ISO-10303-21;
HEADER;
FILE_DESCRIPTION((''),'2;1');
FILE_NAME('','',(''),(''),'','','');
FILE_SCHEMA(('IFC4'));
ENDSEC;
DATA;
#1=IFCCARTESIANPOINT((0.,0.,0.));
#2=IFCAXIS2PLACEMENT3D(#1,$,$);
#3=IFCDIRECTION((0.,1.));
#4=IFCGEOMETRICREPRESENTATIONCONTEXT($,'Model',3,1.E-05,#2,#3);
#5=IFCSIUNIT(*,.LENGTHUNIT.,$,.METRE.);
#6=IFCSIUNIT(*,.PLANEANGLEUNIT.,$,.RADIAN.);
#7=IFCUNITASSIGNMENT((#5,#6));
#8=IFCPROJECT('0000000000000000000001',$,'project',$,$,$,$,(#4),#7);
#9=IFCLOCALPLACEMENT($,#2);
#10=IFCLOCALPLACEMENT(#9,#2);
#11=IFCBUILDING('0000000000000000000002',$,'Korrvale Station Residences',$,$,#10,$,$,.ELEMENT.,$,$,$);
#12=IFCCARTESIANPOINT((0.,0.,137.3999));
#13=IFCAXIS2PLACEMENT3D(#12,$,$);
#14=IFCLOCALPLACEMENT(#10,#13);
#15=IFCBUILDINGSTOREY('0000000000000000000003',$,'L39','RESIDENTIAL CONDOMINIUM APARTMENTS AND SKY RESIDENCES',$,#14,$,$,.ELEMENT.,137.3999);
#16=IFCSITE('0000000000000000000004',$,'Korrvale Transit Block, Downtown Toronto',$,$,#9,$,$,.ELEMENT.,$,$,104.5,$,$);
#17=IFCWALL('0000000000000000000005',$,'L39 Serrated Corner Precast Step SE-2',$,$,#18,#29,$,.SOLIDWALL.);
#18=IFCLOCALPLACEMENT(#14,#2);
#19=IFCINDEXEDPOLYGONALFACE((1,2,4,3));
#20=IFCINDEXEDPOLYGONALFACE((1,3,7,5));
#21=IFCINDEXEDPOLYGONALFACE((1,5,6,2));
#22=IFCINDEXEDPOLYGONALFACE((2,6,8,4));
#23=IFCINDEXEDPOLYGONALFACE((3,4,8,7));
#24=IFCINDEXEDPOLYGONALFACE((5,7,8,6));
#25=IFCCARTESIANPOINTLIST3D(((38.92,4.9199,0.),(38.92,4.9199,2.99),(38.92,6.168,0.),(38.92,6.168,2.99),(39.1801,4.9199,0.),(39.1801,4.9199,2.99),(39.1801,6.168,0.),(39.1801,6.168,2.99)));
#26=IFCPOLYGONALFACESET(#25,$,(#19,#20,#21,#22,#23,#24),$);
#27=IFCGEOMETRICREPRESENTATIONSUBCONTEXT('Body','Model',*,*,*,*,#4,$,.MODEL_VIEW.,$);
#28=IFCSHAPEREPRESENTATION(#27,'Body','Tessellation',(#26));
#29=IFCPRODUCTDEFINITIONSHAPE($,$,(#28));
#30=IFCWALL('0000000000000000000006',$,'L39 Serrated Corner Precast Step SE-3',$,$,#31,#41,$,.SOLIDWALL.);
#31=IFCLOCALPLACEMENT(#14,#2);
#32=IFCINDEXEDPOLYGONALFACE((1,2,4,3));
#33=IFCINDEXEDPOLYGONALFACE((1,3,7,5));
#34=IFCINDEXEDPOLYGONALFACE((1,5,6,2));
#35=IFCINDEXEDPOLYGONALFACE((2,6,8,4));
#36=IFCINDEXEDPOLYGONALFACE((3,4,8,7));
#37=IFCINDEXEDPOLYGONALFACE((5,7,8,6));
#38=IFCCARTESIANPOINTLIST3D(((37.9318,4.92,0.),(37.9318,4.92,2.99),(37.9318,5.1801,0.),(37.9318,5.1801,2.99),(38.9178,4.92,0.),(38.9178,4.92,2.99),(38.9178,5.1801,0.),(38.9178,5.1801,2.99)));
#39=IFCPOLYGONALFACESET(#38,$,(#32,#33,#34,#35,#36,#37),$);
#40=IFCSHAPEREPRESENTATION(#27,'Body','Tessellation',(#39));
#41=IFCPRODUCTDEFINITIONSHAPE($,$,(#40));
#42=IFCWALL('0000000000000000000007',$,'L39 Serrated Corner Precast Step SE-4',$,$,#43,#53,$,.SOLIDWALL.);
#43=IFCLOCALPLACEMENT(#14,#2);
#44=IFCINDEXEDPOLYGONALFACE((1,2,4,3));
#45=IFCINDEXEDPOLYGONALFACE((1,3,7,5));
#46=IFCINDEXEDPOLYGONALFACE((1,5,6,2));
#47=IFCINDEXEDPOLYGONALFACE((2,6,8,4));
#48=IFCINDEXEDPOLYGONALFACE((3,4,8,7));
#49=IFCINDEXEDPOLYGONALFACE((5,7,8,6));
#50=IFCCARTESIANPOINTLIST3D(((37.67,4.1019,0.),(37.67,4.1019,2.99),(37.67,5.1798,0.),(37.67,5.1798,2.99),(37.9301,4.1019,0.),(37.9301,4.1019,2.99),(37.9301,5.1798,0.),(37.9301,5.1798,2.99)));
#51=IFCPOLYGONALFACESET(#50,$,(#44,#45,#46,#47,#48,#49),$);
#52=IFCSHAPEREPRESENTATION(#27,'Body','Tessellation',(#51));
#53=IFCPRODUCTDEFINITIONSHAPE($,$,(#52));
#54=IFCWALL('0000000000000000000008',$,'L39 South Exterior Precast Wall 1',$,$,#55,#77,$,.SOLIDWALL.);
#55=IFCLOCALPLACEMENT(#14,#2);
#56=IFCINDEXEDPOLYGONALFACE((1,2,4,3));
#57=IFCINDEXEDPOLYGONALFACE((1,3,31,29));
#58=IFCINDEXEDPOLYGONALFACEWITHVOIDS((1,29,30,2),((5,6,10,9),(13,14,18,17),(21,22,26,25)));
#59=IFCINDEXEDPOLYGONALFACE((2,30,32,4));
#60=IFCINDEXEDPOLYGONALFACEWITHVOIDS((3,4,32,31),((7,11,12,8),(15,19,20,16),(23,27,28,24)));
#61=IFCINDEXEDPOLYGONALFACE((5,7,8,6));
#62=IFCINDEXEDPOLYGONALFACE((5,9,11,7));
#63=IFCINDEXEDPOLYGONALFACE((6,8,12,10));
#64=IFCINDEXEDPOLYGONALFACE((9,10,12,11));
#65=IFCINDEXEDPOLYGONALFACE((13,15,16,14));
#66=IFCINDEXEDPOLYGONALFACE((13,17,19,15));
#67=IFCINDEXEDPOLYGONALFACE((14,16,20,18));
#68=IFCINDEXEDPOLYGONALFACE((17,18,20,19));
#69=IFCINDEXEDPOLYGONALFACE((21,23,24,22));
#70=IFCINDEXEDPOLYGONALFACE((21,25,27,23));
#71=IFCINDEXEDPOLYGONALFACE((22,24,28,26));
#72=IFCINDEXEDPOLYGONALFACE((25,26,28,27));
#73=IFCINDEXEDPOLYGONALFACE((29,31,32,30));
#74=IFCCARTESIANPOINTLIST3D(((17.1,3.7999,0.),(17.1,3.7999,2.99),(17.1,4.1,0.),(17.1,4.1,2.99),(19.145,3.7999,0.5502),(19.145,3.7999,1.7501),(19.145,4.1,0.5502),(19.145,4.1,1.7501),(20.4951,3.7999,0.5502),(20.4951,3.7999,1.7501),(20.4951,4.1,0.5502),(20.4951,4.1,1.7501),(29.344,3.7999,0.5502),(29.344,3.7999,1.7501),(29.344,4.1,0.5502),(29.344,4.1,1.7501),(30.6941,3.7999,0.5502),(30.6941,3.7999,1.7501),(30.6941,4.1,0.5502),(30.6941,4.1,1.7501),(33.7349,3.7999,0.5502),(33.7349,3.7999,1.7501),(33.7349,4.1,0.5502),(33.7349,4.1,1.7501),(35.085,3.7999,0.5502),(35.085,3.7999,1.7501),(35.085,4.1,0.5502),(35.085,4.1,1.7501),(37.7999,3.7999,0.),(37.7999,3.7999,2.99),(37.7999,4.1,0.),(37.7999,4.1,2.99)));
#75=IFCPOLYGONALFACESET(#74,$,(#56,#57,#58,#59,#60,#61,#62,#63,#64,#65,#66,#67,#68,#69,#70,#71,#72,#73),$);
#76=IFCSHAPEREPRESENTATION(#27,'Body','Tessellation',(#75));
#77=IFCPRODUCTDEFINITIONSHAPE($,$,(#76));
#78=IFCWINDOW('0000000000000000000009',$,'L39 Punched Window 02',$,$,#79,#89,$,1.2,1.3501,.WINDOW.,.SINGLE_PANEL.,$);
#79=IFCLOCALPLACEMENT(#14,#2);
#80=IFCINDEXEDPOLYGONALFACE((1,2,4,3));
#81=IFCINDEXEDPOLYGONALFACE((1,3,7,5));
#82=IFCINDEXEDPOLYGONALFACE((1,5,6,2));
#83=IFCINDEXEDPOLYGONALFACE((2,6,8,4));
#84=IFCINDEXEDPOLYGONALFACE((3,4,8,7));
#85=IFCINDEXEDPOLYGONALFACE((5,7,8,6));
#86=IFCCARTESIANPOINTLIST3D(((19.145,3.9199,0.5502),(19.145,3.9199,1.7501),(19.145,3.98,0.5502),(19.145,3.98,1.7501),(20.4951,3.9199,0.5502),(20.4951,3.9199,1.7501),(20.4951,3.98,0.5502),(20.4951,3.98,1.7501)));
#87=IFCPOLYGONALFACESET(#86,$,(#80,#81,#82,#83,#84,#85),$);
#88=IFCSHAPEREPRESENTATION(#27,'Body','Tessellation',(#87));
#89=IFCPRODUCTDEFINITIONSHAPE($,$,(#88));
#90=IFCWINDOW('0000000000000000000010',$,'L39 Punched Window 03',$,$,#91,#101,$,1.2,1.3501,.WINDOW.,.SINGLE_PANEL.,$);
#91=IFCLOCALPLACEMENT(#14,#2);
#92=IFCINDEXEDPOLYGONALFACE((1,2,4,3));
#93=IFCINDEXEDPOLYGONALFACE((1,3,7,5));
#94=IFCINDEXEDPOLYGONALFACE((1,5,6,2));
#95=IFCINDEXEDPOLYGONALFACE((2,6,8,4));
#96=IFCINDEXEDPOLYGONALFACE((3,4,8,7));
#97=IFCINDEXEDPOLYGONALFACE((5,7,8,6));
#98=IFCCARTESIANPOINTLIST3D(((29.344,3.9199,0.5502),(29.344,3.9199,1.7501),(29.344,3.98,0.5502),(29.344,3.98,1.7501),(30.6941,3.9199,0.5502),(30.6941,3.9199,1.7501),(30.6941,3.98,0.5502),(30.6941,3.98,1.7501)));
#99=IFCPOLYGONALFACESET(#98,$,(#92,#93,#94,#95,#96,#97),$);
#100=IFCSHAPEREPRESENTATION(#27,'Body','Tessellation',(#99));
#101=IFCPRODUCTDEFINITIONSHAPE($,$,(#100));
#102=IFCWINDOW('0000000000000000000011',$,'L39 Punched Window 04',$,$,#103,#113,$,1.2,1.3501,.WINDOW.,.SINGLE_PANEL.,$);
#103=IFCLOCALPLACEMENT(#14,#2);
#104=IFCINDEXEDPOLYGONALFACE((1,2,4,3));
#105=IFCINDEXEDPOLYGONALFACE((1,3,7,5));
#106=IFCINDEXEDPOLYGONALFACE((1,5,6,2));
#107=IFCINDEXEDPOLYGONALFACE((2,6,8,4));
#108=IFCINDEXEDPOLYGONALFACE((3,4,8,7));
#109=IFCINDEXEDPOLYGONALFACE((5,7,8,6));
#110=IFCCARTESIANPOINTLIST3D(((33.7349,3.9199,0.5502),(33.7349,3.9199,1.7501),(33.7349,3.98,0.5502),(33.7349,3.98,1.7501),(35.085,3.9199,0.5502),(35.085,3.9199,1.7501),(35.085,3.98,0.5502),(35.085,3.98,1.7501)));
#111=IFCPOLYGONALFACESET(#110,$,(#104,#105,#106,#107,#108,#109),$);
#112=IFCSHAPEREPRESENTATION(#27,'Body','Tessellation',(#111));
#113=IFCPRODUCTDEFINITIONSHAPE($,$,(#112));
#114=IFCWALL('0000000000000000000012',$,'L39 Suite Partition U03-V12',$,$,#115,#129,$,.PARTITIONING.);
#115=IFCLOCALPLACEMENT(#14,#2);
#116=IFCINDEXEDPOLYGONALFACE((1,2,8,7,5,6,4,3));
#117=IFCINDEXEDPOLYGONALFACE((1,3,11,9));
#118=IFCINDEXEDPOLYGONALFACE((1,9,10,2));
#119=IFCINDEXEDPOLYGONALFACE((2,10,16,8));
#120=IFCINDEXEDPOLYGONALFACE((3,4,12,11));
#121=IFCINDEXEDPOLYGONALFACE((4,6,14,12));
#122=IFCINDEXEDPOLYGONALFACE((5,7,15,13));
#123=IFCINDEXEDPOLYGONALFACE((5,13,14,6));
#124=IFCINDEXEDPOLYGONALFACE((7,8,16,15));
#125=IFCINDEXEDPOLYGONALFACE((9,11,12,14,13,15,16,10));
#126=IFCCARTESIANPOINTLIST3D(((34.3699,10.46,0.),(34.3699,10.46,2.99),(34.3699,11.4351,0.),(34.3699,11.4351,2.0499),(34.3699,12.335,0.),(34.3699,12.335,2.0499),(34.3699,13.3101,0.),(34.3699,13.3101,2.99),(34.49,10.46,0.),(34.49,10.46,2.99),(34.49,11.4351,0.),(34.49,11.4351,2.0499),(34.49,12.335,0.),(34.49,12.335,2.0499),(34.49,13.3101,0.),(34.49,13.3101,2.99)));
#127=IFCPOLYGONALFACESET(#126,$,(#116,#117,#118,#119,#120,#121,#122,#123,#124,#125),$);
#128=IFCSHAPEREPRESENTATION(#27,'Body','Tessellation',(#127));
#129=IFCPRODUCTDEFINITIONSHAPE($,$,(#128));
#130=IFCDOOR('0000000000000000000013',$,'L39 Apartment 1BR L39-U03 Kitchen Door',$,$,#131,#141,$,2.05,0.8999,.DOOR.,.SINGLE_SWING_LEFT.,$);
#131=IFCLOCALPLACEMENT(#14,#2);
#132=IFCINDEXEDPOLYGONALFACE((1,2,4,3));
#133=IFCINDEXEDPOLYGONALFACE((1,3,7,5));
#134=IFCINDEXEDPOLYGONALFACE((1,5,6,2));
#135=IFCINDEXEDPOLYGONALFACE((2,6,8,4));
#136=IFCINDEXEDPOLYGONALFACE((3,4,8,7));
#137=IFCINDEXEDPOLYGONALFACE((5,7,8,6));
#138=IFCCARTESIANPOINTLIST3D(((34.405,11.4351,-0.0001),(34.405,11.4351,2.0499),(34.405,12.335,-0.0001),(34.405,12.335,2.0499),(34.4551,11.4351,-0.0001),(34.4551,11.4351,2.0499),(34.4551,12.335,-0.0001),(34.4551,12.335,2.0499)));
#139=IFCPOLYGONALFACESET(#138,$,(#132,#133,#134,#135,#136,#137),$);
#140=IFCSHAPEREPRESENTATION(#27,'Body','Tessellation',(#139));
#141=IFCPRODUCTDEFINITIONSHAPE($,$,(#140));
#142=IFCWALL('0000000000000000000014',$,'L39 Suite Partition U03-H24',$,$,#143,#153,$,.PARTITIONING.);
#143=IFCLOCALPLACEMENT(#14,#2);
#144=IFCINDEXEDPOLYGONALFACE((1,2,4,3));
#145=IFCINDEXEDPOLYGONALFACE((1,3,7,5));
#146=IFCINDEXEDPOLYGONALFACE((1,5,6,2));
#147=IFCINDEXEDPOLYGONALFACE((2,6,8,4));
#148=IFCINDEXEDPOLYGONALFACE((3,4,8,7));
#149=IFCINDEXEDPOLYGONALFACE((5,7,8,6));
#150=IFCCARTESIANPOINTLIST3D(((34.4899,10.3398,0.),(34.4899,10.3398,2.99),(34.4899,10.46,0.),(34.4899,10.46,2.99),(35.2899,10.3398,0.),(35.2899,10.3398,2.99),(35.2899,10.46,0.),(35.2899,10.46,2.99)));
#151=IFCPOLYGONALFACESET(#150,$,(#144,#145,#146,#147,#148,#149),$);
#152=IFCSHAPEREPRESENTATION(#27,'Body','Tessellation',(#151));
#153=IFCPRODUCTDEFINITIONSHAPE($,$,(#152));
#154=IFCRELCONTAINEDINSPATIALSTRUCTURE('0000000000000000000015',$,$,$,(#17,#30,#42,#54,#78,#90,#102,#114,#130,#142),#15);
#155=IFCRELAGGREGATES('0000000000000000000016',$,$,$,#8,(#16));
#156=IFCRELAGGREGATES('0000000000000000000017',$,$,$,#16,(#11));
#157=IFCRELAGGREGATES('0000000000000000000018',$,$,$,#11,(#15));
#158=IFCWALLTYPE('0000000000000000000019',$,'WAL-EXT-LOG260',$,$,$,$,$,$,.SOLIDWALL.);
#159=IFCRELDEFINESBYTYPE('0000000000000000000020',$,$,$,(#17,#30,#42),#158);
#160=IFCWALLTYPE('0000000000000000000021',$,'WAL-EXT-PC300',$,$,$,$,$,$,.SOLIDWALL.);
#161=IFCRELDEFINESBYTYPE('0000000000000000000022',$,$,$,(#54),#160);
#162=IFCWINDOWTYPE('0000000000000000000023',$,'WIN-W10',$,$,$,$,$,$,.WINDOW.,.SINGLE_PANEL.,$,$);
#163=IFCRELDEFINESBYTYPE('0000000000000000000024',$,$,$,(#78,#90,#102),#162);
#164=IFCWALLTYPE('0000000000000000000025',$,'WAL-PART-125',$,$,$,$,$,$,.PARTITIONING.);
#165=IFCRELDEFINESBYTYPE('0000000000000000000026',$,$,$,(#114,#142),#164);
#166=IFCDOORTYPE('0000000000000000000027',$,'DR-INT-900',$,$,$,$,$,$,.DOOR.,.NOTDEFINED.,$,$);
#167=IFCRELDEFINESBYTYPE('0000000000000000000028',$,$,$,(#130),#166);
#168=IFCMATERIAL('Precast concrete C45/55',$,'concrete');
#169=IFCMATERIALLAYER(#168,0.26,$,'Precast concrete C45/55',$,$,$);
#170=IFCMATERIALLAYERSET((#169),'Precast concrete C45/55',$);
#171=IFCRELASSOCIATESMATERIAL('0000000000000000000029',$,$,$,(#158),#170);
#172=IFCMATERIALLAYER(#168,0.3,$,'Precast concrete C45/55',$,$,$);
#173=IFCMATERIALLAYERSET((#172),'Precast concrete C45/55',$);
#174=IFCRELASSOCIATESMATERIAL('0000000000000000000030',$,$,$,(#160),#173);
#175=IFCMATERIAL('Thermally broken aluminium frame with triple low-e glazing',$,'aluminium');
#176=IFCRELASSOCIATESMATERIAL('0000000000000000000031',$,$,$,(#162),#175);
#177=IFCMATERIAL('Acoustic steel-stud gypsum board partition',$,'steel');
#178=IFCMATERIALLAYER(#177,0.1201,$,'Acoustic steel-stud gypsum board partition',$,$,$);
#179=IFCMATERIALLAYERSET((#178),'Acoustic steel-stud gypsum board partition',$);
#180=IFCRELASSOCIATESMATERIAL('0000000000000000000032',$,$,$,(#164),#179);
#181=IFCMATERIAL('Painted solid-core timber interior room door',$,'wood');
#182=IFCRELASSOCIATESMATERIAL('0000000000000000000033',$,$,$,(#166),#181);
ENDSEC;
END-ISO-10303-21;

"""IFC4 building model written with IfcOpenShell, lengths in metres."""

from ifc_helpers import new_model, si_unit, direction, frame, frame_2d, origin, place, context, subcontext, project, spatial, rectangle, extrude, material, layer, layer_set, type_object, element, fill, save


model = new_model("IFC4")

# Units and contexts
model_context = context("Model", 3, precision=1e-05, world=origin(), true_north=direction((0.0, 1.0)))
body_context = subcontext(model_context, "Body", "Model", "MODEL_VIEW")
ifc_project = project(units=[si_unit("LENGTHUNIT", "METRE"), si_unit("PLANEANGLEUNIT", "RADIAN")], contexts=[model_context])

# Site, building, storey
site_placement = place(None, origin())
site = spatial("IfcSite", under=ifc_project, at=site_placement, Name="Korrvale Transit Block, Downtown Toronto", CompositionType="ELEMENT", RefElevation=104.5)
building_placement = place(site_placement, origin())
building = spatial("IfcBuilding", under=site, at=building_placement, Name="Korrvale Station Residences", CompositionType="ELEMENT")
storey_placement = place(building_placement, frame((0.0, 0.0, 137.3999)))
storey = spatial("IfcBuildingStorey", under=building, at=storey_placement, Name="L39", Description="RESIDENTIAL CONDOMINIUM APARTMENTS AND SKY RESIDENCES", CompositionType="ELEMENT", Elevation=137.3999)

# Walls
ifc_material_1 = material(Name="Precast concrete C45/55", Category="concrete")
ifc_layer_1 = layer(ifc_material_1, 0.26, Name="Precast concrete C45/55")
ifc_layer_set_1 = layer_set([ifc_layer_1], Name="Precast concrete C45/55")
wall_type_1 = type_object("IfcWallType", Name="WAL-EXT-LOG260", PredefinedType="SOLIDWALL", material=ifc_layer_set_1)
wall_1_placement = place(storey_placement, frame((39.05, 6.168, 0.0), z_axis=(0.0, 0.0, 1.0), x_axis=(0.0, -1.0, 0.0)))
element("IfcWall", 1, at=wall_1_placement, inside=storey, type_object=wall_type_1, Name="L39 Serrated Corner Precast Step SE-2", PredefinedType="SOLIDWALL", context=body_context, shape_type="SweptSolid", body=[
    extrude(rectangle(XDim=1.248, YDim=0.26, at=frame_2d((0.624, 0.0))), origin(), (0.0, 0.0, 1.0), 2.99),
])
wall_2_placement = place(storey_placement, frame((38.918, 5.05, 0.0), z_axis=(0.0, 0.0, 1.0), x_axis=(-1.0, 0.0, 0.0)))
element("IfcWall", 2, at=wall_2_placement, inside=storey, type_object=wall_type_1, Name="L39 Serrated Corner Precast Step SE-3", PredefinedType="SOLIDWALL", context=body_context, shape_type="SweptSolid", body=[
    extrude(rectangle(XDim=0.9861, YDim=0.26, at=frame_2d((0.4932, 0.0))), origin(), (0.0, 0.0, 1.0), 2.99),
])
wall_3_placement = place(storey_placement, frame((37.8, 5.1799, 0.0), z_axis=(0.0, 0.0, 1.0), x_axis=(0.0, -1.0, 0.0)))
element("IfcWall", 3, at=wall_3_placement, inside=storey, type_object=wall_type_1, Name="L39 Serrated Corner Precast Step SE-4", PredefinedType="SOLIDWALL", context=body_context, shape_type="SweptSolid", body=[
    extrude(rectangle(XDim=1.0779, YDim=0.26, at=frame_2d((0.5391, 0.0))), origin(), (0.0, 0.0, 1.0), 2.99),
])

# Wall, openings, windows
ifc_layer_2 = layer(ifc_material_1, 0.3, Name="Precast concrete C45/55")
ifc_layer_set_2 = layer_set([ifc_layer_2], Name="Precast concrete C45/55")
wall_type_2 = type_object("IfcWallType", Name="WAL-EXT-PC300", PredefinedType="SOLIDWALL", material=ifc_layer_set_2)
wall_4_placement = place(storey_placement, frame((37.8, 3.95, 0.0), z_axis=(0.0, 0.0, 1.0), x_axis=(-1.0, 0.0, 0.0)))
wall_4 = element("IfcWall", 4, at=wall_4_placement, inside=storey, type_object=wall_type_2, Name="L39 South Exterior Precast Wall 1", PredefinedType="SOLIDWALL", context=body_context, shape_type="SweptSolid", body=[
    extrude(rectangle(XDim=20.7, YDim=0.3, at=frame_2d((10.3501, 0.0))), origin(), (0.0, 0.0, 1.0), 2.99),
])
opening_1_placement = place(wall_4_placement, frame((17.3049, 0.0, 0.55)))
opening_1 = element("IfcOpeningElement", 5, at=opening_1_placement, cuts=wall_4, PredefinedType="OPENING", context=body_context, shape_type="SweptSolid", body=[
    extrude(rectangle(XDim=1.3501, YDim=1.2, at=frame_2d((0.675, 0.6001))), frame((0.0, 0.1602, 0.0), z_axis=(0.0, -1.0, 0.0), x_axis=(1.0, 0.0, 0.0)), (0.0, 0.0, 1.0), 0.3201),
])
opening_2_placement = place(wall_4_placement, frame((7.106, 0.0, 0.55)))
opening_2 = element("IfcOpeningElement", 6, at=opening_2_placement, cuts=wall_4, PredefinedType="OPENING", context=body_context, shape_type="SweptSolid", body=[
    extrude(rectangle(XDim=1.3501, YDim=1.2, at=frame_2d((0.675, 0.6001))), frame((0.0, 0.1602, 0.0), z_axis=(0.0, -1.0, 0.0), x_axis=(1.0, 0.0, 0.0)), (0.0, 0.0, 1.0), 0.3201),
])
opening_3_placement = place(wall_4_placement, frame((2.7151, 0.0, 0.55)))
opening_3 = element("IfcOpeningElement", 7, at=opening_3_placement, cuts=wall_4, PredefinedType="OPENING", context=body_context, shape_type="SweptSolid", body=[
    extrude(rectangle(XDim=1.3501, YDim=1.2, at=frame_2d((0.675, 0.6001))), frame((0.0, 0.1602, 0.0), z_axis=(0.0, -1.0, 0.0), x_axis=(1.0, 0.0, 0.0)), (0.0, 0.0, 1.0), 0.3201),
])
ifc_material_2 = material(Name="Thermally broken aluminium frame with triple low-e glazing", Category="aluminium")
window_type = type_object("IfcWindowType", Name="WIN-W10", PartitioningType="SINGLE_PANEL", PredefinedType="WINDOW", material=ifc_material_2)
window_1_placement = place(opening_1_placement, origin())
window_1 = element("IfcWindow", 8, at=window_1_placement, inside=storey, type_object=window_type, Name="L39 Punched Window 02", OverallHeight=1.2, OverallWidth=1.3501, PartitioningType="SINGLE_PANEL", PredefinedType="WINDOW", context=body_context, shape_type="SweptSolid", body=[
    extrude(rectangle(XDim=1.3501, YDim=1.2, at=frame_2d((0.675, 0.6001))), frame((0.0, 0.03, 0.0), z_axis=(0.0, -1.0, 0.0), x_axis=(1.0, 0.0, 0.0)), (0.0, 0.0, 1.0), 0.0601),
])
fill(opening_1, window_1)
window_2_placement = place(opening_2_placement, origin())
window_2 = element("IfcWindow", 9, at=window_2_placement, inside=storey, type_object=window_type, Name="L39 Punched Window 03", OverallHeight=1.2, OverallWidth=1.3501, PartitioningType="SINGLE_PANEL", PredefinedType="WINDOW", context=body_context, shape_type="SweptSolid", body=[
    extrude(rectangle(XDim=1.3501, YDim=1.2, at=frame_2d((0.675, 0.6001))), frame((0.0, 0.03, 0.0), z_axis=(0.0, -1.0, 0.0), x_axis=(1.0, 0.0, 0.0)), (0.0, 0.0, 1.0), 0.0601),
])
fill(opening_2, window_2)
window_3_placement = place(opening_3_placement, origin())
window_3 = element("IfcWindow", 10, at=window_3_placement, inside=storey, type_object=window_type, Name="L39 Punched Window 04", OverallHeight=1.2, OverallWidth=1.3501, PartitioningType="SINGLE_PANEL", PredefinedType="WINDOW", context=body_context, shape_type="SweptSolid", body=[
    extrude(rectangle(XDim=1.3501, YDim=1.2, at=frame_2d((0.675, 0.6001))), frame((0.0, 0.03, 0.0), z_axis=(0.0, -1.0, 0.0), x_axis=(1.0, 0.0, 0.0)), (0.0, 0.0, 1.0), 0.0601),
])
fill(opening_3, window_3)

# Wall, opening, door
ifc_material_3 = material(Name="Acoustic steel-stud gypsum board partition", Category="steel")
ifc_layer_3 = layer(ifc_material_3, 0.1201, Name="Acoustic steel-stud gypsum board partition")
ifc_layer_set_3 = layer_set([ifc_layer_3], Name="Acoustic steel-stud gypsum board partition")
wall_type_3 = type_object("IfcWallType", Name="WAL-PART-125", PredefinedType="PARTITIONING", material=ifc_layer_set_3)
wall_5_placement = place(storey_placement, frame((34.4299, 10.46, 0.0), z_axis=(0.0, 0.0, 1.0), x_axis=(0.0, 1.0, 0.0)))
wall_5 = element("IfcWall", 11, at=wall_5_placement, inside=storey, type_object=wall_type_3, Name="L39 Suite Partition U03-V12", PredefinedType="PARTITIONING", context=body_context, shape_type="SweptSolid", body=[
    extrude(rectangle(XDim=2.8501, YDim=0.1201, at=frame_2d((1.425, 0.0))), origin(), (0.0, 0.0, 1.0), 2.99),
])
opening_4_placement = place(wall_5_placement, frame((0.9751, 0.0, 0.0)))
opening_4 = element("IfcOpeningElement", 12, at=opening_4_placement, cuts=wall_5, PredefinedType="OPENING", context=body_context, shape_type="SweptSolid", body=[
    extrude(rectangle(XDim=0.8999, YDim=2.05, at=frame_2d((0.45, 1.0249))), frame((0.0, 0.0701, 0.0), z_axis=(0.0, -1.0, 0.0), x_axis=(1.0, 0.0, 0.0)), (0.0, 0.0, 1.0), 0.1401),
])
ifc_material_4 = material(Name="Painted solid-core timber interior room door", Category="wood")
door_type = type_object("IfcDoorType", Name="DR-INT-900", OperationType="NOTDEFINED", PredefinedType="DOOR", material=ifc_material_4)
door_1_placement = place(opening_4_placement, origin())
door_1 = element("IfcDoor", 13, at=door_1_placement, inside=storey, type_object=door_type, Name="L39 Apartment 1BR L39-U03 Kitchen Door", OperationType="SINGLE_SWING_LEFT", OverallHeight=2.05, OverallWidth=0.8999, PredefinedType="DOOR", context=body_context, shape_type="SweptSolid", body=[
    extrude(rectangle(XDim=0.8999, YDim=2.05, at=frame_2d((0.45, 1.0249))), frame((0.0, 0.0249, 0.0), z_axis=(0.0, -1.0, 0.0), x_axis=(1.0, 0.0, 0.0)), (0.0, 0.0, 1.0), 0.05),
])
fill(opening_4, door_1)

# Wall
wall_6_placement = place(storey_placement, frame((34.49, 10.3999, 0.0), z_axis=(0.0, 0.0, 1.0), x_axis=(1.0, 0.0, 0.0)))
element("IfcWall", 14, at=wall_6_placement, inside=storey, type_object=wall_type_3, Name="L39 Suite Partition U03-H24", PredefinedType="PARTITIONING", context=body_context, shape_type="SweptSolid", body=[
    extrude(rectangle(XDim=0.8, YDim=0.1201, at=frame_2d((0.3999, 0.0))), origin(), (0.0, 0.0, 1.0), 2.99),
])

save(model, "model.ifc")
